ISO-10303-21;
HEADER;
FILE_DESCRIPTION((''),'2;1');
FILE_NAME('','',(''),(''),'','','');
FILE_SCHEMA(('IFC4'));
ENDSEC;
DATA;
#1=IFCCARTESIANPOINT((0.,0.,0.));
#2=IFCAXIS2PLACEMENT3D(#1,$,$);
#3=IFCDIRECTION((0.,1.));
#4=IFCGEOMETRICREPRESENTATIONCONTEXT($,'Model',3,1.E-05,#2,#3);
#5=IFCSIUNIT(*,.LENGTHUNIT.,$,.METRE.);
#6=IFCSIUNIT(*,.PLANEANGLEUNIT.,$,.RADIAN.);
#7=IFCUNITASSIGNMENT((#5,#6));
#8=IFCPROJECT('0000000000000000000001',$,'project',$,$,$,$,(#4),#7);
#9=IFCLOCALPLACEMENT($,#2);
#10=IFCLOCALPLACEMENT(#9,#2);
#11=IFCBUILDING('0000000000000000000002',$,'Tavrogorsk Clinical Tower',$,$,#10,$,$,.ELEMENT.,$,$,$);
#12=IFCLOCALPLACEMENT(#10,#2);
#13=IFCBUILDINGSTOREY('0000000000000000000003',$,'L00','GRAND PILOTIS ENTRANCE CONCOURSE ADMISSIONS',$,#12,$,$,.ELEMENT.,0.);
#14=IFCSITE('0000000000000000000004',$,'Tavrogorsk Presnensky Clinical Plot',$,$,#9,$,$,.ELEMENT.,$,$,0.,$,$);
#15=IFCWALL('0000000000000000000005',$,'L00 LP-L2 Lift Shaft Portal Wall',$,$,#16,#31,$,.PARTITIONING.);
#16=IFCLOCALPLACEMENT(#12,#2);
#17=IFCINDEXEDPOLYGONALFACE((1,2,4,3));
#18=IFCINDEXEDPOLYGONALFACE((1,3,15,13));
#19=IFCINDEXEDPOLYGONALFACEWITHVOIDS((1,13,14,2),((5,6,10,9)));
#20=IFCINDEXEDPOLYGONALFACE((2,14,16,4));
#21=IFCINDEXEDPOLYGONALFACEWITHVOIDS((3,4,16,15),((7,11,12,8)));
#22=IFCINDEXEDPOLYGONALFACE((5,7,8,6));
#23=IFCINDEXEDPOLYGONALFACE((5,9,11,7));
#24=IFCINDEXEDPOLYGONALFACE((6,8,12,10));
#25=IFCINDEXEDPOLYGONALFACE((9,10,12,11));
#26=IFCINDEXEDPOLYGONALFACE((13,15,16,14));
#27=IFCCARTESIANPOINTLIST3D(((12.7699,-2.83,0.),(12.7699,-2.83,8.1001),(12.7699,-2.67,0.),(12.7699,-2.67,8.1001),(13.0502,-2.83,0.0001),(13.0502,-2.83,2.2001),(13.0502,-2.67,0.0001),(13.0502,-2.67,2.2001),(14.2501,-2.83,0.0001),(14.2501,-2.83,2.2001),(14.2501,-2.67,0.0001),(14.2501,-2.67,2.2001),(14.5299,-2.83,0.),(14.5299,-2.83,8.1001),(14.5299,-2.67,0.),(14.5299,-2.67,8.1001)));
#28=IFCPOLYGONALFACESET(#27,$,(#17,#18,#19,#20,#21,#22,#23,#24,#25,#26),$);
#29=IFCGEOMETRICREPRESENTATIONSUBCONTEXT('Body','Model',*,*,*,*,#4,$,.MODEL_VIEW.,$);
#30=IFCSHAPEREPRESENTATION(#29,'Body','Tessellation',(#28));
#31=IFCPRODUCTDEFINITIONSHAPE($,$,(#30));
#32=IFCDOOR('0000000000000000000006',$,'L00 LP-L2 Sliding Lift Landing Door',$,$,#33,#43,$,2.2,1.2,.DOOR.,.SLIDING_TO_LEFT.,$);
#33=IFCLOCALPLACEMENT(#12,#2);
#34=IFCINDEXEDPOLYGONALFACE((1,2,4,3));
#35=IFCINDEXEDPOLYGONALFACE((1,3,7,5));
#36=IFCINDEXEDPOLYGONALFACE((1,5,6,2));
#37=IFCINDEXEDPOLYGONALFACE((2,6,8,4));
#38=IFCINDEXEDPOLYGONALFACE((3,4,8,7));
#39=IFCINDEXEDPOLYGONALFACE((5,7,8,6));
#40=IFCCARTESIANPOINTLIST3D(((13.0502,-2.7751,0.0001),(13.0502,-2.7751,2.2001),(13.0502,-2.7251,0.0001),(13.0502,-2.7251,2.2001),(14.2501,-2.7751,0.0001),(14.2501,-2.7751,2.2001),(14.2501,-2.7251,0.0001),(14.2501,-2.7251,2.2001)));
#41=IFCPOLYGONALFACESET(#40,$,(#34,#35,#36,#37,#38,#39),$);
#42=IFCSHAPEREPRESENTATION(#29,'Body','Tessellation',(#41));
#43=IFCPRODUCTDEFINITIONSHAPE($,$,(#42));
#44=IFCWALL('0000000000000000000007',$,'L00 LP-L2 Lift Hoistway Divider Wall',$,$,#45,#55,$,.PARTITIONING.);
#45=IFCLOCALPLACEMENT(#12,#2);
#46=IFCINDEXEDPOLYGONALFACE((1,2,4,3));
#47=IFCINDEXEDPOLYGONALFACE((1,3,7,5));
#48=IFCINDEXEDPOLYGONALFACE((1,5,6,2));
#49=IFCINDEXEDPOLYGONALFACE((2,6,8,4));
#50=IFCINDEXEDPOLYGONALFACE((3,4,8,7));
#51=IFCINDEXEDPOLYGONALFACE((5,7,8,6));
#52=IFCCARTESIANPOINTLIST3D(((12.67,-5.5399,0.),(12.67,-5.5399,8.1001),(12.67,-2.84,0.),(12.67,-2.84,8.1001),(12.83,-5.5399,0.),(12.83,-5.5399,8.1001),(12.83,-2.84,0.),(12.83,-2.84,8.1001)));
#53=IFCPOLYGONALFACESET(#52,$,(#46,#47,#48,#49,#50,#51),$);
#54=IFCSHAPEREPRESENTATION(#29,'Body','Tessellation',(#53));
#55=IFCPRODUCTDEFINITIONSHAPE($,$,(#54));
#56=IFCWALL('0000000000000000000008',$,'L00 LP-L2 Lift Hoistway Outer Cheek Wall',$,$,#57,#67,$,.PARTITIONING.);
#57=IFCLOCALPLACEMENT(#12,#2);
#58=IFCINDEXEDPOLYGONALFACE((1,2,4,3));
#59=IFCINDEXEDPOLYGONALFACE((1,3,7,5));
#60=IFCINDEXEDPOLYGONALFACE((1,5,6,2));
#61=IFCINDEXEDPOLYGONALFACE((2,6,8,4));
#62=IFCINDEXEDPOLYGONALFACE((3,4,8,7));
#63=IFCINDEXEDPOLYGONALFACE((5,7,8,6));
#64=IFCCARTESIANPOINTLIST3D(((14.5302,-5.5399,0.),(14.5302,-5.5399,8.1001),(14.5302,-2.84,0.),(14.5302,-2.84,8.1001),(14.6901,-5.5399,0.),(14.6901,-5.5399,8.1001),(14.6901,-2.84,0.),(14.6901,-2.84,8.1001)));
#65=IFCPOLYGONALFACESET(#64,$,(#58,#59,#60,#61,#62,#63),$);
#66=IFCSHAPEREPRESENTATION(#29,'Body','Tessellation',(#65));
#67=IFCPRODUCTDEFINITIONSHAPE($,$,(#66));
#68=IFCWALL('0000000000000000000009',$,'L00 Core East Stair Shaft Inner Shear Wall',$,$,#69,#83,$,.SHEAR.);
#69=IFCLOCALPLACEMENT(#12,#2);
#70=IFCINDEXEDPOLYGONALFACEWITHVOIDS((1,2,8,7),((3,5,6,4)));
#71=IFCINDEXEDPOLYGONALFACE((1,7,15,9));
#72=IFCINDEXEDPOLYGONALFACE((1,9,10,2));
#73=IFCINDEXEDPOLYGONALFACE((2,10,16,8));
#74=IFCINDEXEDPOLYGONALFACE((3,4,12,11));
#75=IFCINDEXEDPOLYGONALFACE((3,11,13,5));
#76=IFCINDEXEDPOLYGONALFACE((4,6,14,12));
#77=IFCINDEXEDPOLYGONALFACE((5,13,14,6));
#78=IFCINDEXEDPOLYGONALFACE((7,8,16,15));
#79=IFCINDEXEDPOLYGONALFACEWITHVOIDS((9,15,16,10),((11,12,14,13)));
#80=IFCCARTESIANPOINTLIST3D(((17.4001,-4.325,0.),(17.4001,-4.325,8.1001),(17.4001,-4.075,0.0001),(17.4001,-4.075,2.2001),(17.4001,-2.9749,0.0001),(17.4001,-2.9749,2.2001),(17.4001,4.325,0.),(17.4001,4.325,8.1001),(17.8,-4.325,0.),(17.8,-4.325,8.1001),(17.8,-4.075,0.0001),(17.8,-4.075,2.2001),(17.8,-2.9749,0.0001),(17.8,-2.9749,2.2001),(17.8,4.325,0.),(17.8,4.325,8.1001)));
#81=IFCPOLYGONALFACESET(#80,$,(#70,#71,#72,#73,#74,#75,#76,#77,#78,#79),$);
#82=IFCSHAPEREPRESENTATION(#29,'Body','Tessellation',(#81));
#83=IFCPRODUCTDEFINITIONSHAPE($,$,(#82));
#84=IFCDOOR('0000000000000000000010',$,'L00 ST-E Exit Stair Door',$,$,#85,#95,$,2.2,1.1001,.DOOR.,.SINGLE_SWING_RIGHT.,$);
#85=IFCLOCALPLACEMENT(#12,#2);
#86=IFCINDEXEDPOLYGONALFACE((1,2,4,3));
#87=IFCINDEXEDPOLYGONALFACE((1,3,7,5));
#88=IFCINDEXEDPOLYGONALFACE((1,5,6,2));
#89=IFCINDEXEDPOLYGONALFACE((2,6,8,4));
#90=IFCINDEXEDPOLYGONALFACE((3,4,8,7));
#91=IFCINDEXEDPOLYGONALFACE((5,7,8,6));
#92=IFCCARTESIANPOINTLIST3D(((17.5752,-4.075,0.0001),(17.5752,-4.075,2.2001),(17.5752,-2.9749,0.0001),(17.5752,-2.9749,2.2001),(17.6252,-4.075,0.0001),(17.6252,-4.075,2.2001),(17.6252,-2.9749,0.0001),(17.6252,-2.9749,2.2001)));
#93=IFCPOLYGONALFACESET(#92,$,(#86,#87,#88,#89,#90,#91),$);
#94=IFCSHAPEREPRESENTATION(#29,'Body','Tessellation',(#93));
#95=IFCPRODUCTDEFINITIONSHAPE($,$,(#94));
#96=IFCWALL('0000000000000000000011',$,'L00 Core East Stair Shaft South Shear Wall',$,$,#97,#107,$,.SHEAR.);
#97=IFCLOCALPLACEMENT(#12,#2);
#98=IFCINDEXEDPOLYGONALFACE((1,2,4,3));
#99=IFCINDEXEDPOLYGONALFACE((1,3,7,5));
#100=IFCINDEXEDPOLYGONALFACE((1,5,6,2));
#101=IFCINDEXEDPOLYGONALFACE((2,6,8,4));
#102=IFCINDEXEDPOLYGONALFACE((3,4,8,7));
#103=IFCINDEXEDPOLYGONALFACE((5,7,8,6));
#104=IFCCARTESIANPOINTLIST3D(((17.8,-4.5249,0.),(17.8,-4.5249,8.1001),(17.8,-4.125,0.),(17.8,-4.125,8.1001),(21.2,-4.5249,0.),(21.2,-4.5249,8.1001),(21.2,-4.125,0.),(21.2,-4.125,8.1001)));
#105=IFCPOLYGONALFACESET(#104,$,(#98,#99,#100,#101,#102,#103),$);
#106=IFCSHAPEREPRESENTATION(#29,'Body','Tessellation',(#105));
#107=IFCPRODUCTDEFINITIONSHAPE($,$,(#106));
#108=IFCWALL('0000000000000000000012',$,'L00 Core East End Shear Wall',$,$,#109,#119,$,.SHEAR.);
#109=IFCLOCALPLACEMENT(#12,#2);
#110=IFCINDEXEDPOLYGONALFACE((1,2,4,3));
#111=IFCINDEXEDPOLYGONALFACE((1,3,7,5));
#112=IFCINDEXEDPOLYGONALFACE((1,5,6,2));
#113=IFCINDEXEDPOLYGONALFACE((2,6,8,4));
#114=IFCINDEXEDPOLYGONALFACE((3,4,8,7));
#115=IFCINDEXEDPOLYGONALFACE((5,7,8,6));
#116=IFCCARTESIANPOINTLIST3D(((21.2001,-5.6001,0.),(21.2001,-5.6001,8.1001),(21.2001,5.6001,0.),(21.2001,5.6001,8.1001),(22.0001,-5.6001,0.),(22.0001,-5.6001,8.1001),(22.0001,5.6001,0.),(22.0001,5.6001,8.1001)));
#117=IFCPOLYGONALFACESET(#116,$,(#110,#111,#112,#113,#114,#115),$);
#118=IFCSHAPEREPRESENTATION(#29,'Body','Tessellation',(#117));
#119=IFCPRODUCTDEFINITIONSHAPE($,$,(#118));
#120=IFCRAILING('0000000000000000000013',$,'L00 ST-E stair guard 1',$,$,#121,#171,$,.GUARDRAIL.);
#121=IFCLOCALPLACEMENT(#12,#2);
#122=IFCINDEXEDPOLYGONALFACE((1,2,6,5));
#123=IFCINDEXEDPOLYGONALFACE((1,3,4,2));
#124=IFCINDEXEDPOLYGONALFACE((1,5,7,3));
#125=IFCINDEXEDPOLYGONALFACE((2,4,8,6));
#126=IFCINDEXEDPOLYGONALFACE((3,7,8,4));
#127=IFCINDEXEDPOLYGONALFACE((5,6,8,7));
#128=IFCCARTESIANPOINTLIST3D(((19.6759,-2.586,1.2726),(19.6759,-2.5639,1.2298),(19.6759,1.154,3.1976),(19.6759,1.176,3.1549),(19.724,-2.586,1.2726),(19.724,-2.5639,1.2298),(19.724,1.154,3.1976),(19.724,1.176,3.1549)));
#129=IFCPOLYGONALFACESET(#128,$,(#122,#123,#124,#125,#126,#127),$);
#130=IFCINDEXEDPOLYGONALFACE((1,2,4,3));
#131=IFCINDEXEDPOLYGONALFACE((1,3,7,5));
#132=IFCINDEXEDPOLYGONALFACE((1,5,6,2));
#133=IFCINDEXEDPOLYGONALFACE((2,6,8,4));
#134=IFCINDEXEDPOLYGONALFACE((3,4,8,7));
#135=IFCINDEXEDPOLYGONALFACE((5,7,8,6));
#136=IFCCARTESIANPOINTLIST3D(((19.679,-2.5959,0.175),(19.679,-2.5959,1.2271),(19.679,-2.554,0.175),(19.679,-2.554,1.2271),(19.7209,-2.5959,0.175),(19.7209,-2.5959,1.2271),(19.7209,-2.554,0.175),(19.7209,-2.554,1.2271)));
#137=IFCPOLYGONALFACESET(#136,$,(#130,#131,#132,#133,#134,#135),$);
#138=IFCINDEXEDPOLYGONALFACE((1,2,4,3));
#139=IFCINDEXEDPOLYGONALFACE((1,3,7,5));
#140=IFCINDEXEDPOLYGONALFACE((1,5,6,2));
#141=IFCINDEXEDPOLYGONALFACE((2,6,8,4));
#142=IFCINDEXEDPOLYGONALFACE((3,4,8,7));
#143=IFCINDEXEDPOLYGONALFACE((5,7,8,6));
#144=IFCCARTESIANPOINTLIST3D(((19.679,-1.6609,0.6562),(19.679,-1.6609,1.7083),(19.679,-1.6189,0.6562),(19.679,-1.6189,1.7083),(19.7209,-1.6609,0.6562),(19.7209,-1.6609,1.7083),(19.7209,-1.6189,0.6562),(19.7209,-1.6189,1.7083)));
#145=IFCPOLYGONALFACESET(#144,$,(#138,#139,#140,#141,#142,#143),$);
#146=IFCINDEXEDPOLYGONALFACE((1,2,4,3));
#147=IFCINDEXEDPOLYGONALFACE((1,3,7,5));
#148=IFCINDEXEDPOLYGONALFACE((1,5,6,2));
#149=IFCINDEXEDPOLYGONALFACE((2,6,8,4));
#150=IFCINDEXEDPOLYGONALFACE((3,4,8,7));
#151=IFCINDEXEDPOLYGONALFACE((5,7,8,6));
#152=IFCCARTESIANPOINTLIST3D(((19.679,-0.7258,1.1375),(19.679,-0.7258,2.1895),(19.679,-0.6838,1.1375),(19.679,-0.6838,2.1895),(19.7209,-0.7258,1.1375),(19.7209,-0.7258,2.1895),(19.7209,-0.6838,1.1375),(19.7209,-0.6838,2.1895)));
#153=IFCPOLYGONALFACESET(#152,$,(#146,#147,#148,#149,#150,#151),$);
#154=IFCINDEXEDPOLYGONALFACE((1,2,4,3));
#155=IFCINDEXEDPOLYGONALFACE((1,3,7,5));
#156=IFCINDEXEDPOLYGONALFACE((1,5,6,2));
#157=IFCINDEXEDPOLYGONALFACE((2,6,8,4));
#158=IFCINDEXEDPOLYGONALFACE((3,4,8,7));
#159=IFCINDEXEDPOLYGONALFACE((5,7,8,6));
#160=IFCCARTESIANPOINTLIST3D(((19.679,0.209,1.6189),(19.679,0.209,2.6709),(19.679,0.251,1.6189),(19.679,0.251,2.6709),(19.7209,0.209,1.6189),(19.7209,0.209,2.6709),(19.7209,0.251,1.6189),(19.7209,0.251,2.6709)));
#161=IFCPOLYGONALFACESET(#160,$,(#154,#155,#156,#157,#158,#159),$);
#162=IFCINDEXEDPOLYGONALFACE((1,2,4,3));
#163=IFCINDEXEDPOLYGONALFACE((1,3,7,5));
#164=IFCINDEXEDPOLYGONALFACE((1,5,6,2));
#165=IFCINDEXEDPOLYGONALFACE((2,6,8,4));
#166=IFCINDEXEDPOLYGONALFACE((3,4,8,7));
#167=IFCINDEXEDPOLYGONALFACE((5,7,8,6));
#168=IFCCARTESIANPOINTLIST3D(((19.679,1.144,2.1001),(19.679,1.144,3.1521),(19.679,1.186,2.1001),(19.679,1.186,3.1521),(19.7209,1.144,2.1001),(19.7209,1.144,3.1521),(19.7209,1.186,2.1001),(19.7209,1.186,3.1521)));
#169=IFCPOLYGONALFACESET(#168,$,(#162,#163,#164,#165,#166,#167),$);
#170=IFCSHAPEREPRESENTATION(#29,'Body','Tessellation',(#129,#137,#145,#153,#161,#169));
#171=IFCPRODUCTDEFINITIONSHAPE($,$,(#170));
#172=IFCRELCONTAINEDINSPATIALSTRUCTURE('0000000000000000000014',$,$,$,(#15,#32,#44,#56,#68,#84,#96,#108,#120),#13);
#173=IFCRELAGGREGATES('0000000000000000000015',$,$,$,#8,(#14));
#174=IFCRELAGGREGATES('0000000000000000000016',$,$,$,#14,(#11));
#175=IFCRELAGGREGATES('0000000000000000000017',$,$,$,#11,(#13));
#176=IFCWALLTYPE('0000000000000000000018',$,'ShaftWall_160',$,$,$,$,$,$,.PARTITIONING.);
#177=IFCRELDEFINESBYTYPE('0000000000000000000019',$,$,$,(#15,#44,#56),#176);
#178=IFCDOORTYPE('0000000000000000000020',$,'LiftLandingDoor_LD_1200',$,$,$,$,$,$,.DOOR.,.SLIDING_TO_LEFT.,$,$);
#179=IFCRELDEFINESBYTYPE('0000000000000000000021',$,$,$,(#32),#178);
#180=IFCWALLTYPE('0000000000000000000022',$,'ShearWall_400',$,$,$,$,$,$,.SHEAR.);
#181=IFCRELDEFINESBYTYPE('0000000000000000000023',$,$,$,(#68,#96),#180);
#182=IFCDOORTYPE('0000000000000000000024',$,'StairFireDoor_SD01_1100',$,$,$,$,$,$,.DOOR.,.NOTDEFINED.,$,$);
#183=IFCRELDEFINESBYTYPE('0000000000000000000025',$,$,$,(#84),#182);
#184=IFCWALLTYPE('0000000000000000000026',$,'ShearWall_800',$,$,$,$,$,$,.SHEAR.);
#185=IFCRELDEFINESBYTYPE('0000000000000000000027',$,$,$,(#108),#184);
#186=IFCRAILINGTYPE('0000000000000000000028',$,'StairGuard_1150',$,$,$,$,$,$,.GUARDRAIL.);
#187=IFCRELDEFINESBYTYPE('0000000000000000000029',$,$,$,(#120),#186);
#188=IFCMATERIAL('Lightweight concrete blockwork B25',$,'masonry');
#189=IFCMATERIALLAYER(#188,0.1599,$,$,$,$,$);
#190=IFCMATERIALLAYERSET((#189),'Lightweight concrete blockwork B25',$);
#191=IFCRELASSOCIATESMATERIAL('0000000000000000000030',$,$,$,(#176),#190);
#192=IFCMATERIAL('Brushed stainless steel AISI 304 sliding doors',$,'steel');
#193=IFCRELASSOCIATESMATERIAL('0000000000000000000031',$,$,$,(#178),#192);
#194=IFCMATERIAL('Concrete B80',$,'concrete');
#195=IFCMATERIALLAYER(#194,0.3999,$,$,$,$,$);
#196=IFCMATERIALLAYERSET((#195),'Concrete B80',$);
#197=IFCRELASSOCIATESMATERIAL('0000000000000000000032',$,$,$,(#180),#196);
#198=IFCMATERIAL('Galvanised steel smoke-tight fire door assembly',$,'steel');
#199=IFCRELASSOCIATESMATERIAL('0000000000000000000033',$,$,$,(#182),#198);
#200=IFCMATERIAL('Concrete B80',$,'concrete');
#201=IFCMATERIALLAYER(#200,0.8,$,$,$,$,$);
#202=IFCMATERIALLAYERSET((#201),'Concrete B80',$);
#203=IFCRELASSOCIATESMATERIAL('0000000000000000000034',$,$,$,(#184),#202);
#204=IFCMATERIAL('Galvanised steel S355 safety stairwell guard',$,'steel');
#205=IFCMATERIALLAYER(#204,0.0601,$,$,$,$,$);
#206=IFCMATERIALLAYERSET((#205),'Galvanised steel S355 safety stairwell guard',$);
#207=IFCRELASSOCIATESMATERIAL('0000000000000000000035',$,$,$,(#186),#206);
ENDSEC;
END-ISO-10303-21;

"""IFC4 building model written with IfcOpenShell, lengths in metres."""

from ifc_helpers import new_model, si_unit, direction, frame, frame_2d, origin, origin_2d, place, context, subcontext, project, spatial, rectangle, extrude, material, layer, layer_set, type_object, element, fill, save


model = new_model("IFC4")

# Units and contexts
model_context = context("Model", 3, precision=1e-05, world=origin(), true_north=direction((0.0, 1.0)))
body_context = subcontext(model_context, "Body", "Model", "MODEL_VIEW")
ifc_project = project(units=[si_unit("LENGTHUNIT", "METRE"), si_unit("PLANEANGLEUNIT", "RADIAN")], contexts=[model_context])

# Site, building, storey
site_placement = place(None, origin())
site = spatial("IfcSite", under=ifc_project, at=site_placement, Name="Tavrogorsk Presnensky Clinical Plot", CompositionType="ELEMENT", RefElevation=0.0)
building_placement = place(site_placement, origin())
building = spatial("IfcBuilding", under=site, at=building_placement, Name="Tavrogorsk Clinical Tower", CompositionType="ELEMENT")
storey_placement = place(building_placement, origin())
storey = spatial("IfcBuildingStorey", under=building, at=storey_placement, Name="L00", Description="GRAND PILOTIS ENTRANCE CONCOURSE ADMISSIONS", CompositionType="ELEMENT", Elevation=0.0)

# Wall, opening, door
ifc_material_1 = material(Name="Lightweight concrete blockwork B25", Category="masonry")
ifc_layer_1 = layer(ifc_material_1, 0.1599)
ifc_layer_set_1 = layer_set([ifc_layer_1], Name="Lightweight concrete blockwork B25")
wall_type_1 = type_object("IfcWallType", Name="ShaftWall_160", PredefinedType="PARTITIONING", material=ifc_layer_set_1)
wall_1_placement = place(storey_placement, frame((12.77, -2.75, 0.0), z_axis=(0.0, 0.0, 1.0), x_axis=(1.0, 0.0, 0.0)))
wall_1 = element("IfcWall", 1, at=wall_1_placement, inside=storey, type_object=wall_type_1, Name="L00 LP-L2 Lift Shaft Portal Wall", PredefinedType="PARTITIONING", context=body_context, shape_type="SweptSolid", body=[
    extrude(rectangle(XDim=1.76, YDim=0.1599, at=frame_2d((0.8799, 0.0))), origin(), (0.0, 0.0, 1.0), 8.1001),
])
opening_1_placement = place(wall_1_placement, frame((0.28, 0.0, 0.0)))
opening_1 = element("IfcOpeningElement", 2, at=opening_1_placement, cuts=wall_1, PredefinedType="OPENING", context=body_context, shape_type="SweptSolid", body=[
    extrude(rectangle(XDim=1.2, YDim=2.2, at=frame_2d((0.6001, 1.1001))), frame((0.0, 0.0898, 0.0), z_axis=(0.0, -1.0, 0.0), x_axis=(1.0, 0.0, 0.0)), (0.0, 0.0, 1.0), 0.1799),
])
ifc_material_2 = material(Name="Brushed stainless steel AISI 304 sliding doors", Category="steel")
door_type_1 = type_object("IfcDoorType", Name="LiftLandingDoor_LD_1200", OperationType="SLIDING_TO_LEFT", PredefinedType="DOOR", material=ifc_material_2)
door_1_placement = place(opening_1_placement, origin())
door_1 = element("IfcDoor", 3, at=door_1_placement, inside=storey, type_object=door_type_1, Name="L00 LP-L2 Sliding Lift Landing Door", OperationType="SLIDING_TO_LEFT", OverallHeight=2.2, OverallWidth=1.2, PredefinedType="DOOR", context=body_context, shape_type="SweptSolid", body=[
    extrude(rectangle(XDim=1.2, YDim=2.2, at=frame_2d((0.6001, 1.1001))), frame((0.0, 0.0249, 0.0), z_axis=(0.0, -1.0, 0.0), x_axis=(1.0, 0.0, 0.0)), (0.0, 0.0, 1.0), 0.05),
])
fill(opening_1, door_1)

# Walls
for number, where, z_axis, x_axis, name in (
    (4, (12.75, -5.54, 0.0), (0.0, 0.0, 1.0), (0.0, 1.0, 0.0), "L00 LP-L2 Lift Hoistway Divider Wall"),
    (5, (14.6101, -5.54, 0.0), (0.0, 0.0, 1.0), (0.0, 1.0, 0.0), "L00 LP-L2 Lift Hoistway Outer Cheek Wall"),
):
    element("IfcWall", number, at=place(storey_placement, frame(where, z_axis=z_axis, x_axis=x_axis)), inside=storey, type_object=wall_type_1, Name=name, PredefinedType="PARTITIONING", context=body_context, shape_type="SweptSolid", body=[
        extrude(rectangle(XDim=2.7, YDim=0.1599, at=frame_2d((1.3501, 0.0))), origin(), (0.0, 0.0, 1.0), 8.1001),
    ])

# Wall, opening, door
ifc_material_3 = material(Name="Concrete B80", Category="concrete")
ifc_layer_2 = layer(ifc_material_3, 0.3999)
ifc_layer_set_2 = layer_set([ifc_layer_2], Name="Concrete B80")
wall_type_2 = type_object("IfcWallType", Name="ShearWall_400", PredefinedType="SHEAR", material=ifc_layer_set_2)
wall_2_placement = place(storey_placement, frame((17.6001, -4.325, 0.0), z_axis=(0.0, 0.0, 1.0), x_axis=(0.0, 1.0, 0.0)))
wall_2 = element("IfcWall", 6, at=wall_2_placement, inside=storey, type_object=wall_type_2, Name="L00 Core East Stair Shaft Inner Shear Wall", PredefinedType="SHEAR", context=body_context, shape_type="SweptSolid", body=[
    extrude(rectangle(XDim=8.6499, YDim=0.3999, at=frame_2d((4.325, 0.0))), origin(), (0.0, 0.0, 1.0), 8.1001),
])
opening_2_placement = place(wall_2_placement, frame((0.25, 0.0, 0.0)))
opening_2 = element("IfcOpeningElement", 7, at=opening_2_placement, cuts=wall_2, PredefinedType="OPENING", context=body_context, shape_type="SweptSolid", body=[
    extrude(rectangle(XDim=1.1001, YDim=2.2, at=frame_2d((0.55, 1.1001))), frame((0.0, 0.21, 0.0), z_axis=(0.0, -1.0, 0.0), x_axis=(1.0, 0.0, 0.0)), (0.0, 0.0, 1.0), 0.4199),
])
ifc_material_4 = material(Name="Galvanised steel smoke-tight fire door assembly", Category="steel")
door_type_2 = type_object("IfcDoorType", Name="StairFireDoor_SD01_1100", OperationType="NOTDEFINED", PredefinedType="DOOR", material=ifc_material_4)
door_2_placement = place(opening_2_placement, origin())
door_2 = element("IfcDoor", 8, at=door_2_placement, inside=storey, type_object=door_type_2, Name="L00 ST-E Exit Stair Door", OperationType="SINGLE_SWING_RIGHT", OverallHeight=2.2, OverallWidth=1.1001, PredefinedType="DOOR", context=body_context, shape_type="SweptSolid", body=[
    extrude(rectangle(XDim=1.1001, YDim=2.2, at=frame_2d((0.55, 1.1001))), frame((0.0, 0.0249, 0.0), z_axis=(0.0, -1.0, 0.0), x_axis=(1.0, 0.0, 0.0)), (0.0, 0.0, 1.0), 0.05),
])
fill(opening_2, door_2)

# Walls
wall_3_placement = place(storey_placement, frame((17.8, -4.325, 0.0), z_axis=(0.0, 0.0, 1.0), x_axis=(1.0, 0.0, 0.0)))
element("IfcWall", 9, at=wall_3_placement, inside=storey, type_object=wall_type_2, Name="L00 Core East Stair Shaft South Shear Wall", PredefinedType="SHEAR", context=body_context, shape_type="SweptSolid", body=[
    extrude(rectangle(XDim=3.3999, YDim=0.3999, at=frame_2d((1.7, 0.0))), origin(), (0.0, 0.0, 1.0), 8.1001),
])
ifc_material_5 = material(Name="Concrete B80", Category="concrete")
ifc_layer_3 = layer(ifc_material_5, 0.8)
ifc_layer_set_3 = layer_set([ifc_layer_3], Name="Concrete B80")
wall_type_3 = type_object("IfcWallType", Name="ShearWall_800", PredefinedType="SHEAR", material=ifc_layer_set_3)
wall_4_placement = place(storey_placement, frame((21.6001, -5.6001, 0.0), z_axis=(0.0, 0.0, 1.0), x_axis=(0.0, 1.0, 0.0)))
element("IfcWall", 10, at=wall_4_placement, inside=storey, type_object=wall_type_3, Name="L00 Core East End Shear Wall", PredefinedType="SHEAR", context=body_context, shape_type="SweptSolid", body=[
    extrude(rectangle(XDim=11.2002, YDim=0.8, at=frame_2d((5.6001, 0.0))), origin(), (0.0, 0.0, 1.0), 8.1001),
])

# Railing
ifc_material_6 = material(Name="Galvanised steel S355 safety stairwell guard", Category="steel")
ifc_layer_4 = layer(ifc_material_6, 0.0601)
ifc_layer_set_4 = layer_set([ifc_layer_4], Name="Galvanised steel S355 safety stairwell guard")
railing_type = type_object("IfcRailingType", Name="StairGuard_1150", PredefinedType="GUARDRAIL", material=ifc_layer_set_4)
railing_1_placement = place(storey_placement, frame((19.7, -2.575, 0.175)))
element("IfcRailing", 11, at=railing_1_placement, inside=storey, type_object=railing_type, Name="L00 ST-E stair guard 1", PredefinedType="GUARDRAIL", context=body_context, shape_type="SweptSolid", body=[
    extrude(rectangle(XDim=0.0481, YDim=0.0481, at=origin_2d()), frame((0.0, 0.0, 1.0762), z_axis=(0.0, 0.889131, 0.457654), x_axis=(-1.0, 0.0, 0.0)), (0.0, 0.0, 1.0), 4.2063),
    extrude(rectangle(XDim=0.042, YDim=0.042, at=origin_2d()), origin(), (0.0, 0.0, 1.0), 1.052),
    extrude(rectangle(XDim=0.042, YDim=0.042, at=origin_2d()), frame((0.0, 0.9351, 0.4812)), (0.0, 0.0, 1.0), 1.052),
    extrude(rectangle(XDim=0.042, YDim=0.042, at=origin_2d()), frame((0.0, 1.8701, 0.9624)), (0.0, 0.0, 1.0), 1.052),
    extrude(rectangle(XDim=0.042, YDim=0.042, at=origin_2d()), frame((0.0, 2.8049, 1.4438)), (0.0, 0.0, 1.0), 1.052),
    extrude(rectangle(XDim=0.042, YDim=0.042, at=origin_2d()), frame((0.0, 3.74, 1.925)), (0.0, 0.0, 1.0), 1.052),
])

save(model, "model.ifc")
